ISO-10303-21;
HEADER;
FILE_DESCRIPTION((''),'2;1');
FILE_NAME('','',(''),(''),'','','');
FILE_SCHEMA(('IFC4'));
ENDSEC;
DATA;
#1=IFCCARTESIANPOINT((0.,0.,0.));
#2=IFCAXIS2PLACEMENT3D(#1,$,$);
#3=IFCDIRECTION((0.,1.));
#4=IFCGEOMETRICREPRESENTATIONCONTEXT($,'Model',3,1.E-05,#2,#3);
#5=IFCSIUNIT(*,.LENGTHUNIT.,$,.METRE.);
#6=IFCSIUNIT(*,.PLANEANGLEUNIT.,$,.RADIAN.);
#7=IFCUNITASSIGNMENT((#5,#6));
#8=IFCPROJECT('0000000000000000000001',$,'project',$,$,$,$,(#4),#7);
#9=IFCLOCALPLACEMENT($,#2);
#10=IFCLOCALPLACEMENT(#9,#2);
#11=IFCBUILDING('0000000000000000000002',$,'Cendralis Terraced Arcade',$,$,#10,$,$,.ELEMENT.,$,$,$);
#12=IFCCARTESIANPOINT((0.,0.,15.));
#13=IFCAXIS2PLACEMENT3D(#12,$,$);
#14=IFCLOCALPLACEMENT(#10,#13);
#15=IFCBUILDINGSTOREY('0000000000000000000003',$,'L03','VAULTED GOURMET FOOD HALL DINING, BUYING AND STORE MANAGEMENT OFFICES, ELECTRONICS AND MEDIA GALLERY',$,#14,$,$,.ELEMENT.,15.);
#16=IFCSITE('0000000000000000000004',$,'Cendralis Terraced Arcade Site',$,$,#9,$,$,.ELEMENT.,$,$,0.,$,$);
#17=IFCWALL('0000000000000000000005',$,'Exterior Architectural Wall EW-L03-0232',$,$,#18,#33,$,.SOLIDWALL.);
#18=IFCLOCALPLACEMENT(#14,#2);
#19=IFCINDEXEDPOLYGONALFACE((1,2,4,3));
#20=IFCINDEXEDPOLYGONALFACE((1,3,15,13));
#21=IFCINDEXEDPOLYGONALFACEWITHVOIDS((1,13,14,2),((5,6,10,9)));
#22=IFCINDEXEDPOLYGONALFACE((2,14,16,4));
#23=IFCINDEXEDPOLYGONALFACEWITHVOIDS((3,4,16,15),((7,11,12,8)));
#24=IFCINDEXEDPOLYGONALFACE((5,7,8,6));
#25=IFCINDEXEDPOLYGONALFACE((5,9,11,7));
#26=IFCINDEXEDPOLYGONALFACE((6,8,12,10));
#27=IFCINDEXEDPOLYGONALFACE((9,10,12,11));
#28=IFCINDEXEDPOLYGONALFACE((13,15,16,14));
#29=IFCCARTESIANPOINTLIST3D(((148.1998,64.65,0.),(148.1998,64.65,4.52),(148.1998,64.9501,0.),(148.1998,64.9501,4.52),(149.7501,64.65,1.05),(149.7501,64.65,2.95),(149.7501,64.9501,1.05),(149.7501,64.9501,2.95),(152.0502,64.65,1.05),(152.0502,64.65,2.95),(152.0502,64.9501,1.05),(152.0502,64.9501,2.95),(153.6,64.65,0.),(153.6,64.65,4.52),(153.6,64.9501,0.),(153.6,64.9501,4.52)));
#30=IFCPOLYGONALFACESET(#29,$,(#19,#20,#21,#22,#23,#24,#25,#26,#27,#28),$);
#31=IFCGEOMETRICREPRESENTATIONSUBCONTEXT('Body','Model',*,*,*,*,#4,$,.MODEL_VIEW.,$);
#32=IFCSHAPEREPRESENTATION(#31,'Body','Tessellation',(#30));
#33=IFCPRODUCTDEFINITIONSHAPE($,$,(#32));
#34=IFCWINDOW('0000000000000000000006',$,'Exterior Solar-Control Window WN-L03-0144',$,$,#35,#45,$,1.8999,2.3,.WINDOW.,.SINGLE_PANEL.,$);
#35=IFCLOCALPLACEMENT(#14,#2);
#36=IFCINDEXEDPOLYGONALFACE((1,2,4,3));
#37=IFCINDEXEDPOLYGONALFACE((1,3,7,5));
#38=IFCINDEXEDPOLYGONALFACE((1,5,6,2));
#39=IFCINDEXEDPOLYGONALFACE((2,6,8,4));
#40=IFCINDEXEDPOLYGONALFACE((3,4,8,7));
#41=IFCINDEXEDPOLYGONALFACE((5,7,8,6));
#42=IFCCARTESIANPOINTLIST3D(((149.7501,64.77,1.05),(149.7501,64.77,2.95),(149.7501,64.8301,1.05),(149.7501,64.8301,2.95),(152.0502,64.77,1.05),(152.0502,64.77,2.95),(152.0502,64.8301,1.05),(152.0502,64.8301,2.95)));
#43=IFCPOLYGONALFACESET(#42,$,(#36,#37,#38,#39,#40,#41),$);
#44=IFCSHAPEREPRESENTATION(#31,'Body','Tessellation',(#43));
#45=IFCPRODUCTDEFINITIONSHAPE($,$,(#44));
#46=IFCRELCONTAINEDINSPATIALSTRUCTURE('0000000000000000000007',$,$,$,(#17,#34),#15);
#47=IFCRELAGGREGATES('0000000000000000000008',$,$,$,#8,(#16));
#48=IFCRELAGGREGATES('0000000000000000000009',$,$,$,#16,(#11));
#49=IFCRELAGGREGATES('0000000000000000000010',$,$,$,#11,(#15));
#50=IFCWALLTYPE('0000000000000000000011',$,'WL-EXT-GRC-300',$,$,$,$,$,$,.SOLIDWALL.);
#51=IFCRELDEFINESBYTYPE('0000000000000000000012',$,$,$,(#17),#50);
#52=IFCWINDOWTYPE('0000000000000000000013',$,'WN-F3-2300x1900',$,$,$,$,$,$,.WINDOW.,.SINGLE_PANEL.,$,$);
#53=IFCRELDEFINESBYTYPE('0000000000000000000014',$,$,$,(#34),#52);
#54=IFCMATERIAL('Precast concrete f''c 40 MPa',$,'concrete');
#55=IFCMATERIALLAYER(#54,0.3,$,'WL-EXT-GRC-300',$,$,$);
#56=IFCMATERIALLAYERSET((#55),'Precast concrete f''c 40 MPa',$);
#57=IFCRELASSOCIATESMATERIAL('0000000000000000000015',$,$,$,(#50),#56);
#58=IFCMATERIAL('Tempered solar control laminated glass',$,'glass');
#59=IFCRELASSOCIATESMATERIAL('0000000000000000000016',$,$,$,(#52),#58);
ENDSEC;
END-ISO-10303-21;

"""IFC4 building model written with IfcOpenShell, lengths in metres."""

from ifc_helpers import new_model, si_unit, direction, frame, frame_2d, origin, place, context, subcontext, project, spatial, rectangle, extrude, material, layer, layer_set, type_object, element, fill, save


model = new_model("IFC4")

# Units and contexts
model_context = context("Model", 3, precision=1e-05, world=origin(), true_north=direction((0.0, 1.0)))
body_context = subcontext(model_context, "Body", "Model", "MODEL_VIEW")
ifc_project = project(units=[si_unit("LENGTHUNIT", "METRE"), si_unit("PLANEANGLEUNIT", "RADIAN")], contexts=[model_context])

# Site, building, storey
site_placement = place(None, origin())
site = spatial("IfcSite", under=ifc_project, at=site_placement, Name="Cendralis Terraced Arcade Site", CompositionType="ELEMENT", RefElevation=0.0)
building_placement = place(site_placement, origin())
building = spatial("IfcBuilding", under=site, at=building_placement, Name="Cendralis Terraced Arcade", CompositionType="ELEMENT")
storey_placement = place(building_placement, frame((0.0, 0.0, 15.0)))
storey = spatial("IfcBuildingStorey", under=building, at=storey_placement, Name="L03", Description="VAULTED GOURMET FOOD HALL DINING, BUYING AND STORE MANAGEMENT OFFICES, ELECTRONICS AND MEDIA GALLERY", CompositionType="ELEMENT", Elevation=15.0)

# Shared definitions
ifc_material_1 = material(Name="Tempered solar control laminated glass", Category="glass")

# Wall, opening, window
ifc_material_2 = material(Name="Precast concrete f'c 40 MPa", Category="concrete")
ifc_layer_1 = layer(ifc_material_2, 0.3, Name="WL-EXT-GRC-300")
ifc_layer_set_1 = layer_set([ifc_layer_1], Name="Precast concrete f'c 40 MPa")
wall_type = type_object("IfcWallType", Name="WL-EXT-GRC-300", PredefinedType="SOLIDWALL", material=ifc_layer_set_1)
wall_placement = place(storey_placement, frame((153.6001, 64.8, 0.0), z_axis=(0.0, 0.0, 1.0), x_axis=(-1.0, 0.0, 0.0)))
wall = element("IfcWall", 1, at=wall_placement, inside=storey, type_object=wall_type, Name="Exterior Architectural Wall EW-L03-0232", PredefinedType="SOLIDWALL", context=body_context, shape_type="SweptSolid", body=[
    extrude(rectangle(XDim=5.4001, YDim=0.3, at=frame_2d((2.7002, 0.0))), origin(), (0.0, 0.0, 1.0), 4.52),
])
opening_placement = place(wall_placement, frame((1.55, 0.0, 1.05)))
opening = element("IfcOpeningElement", 2, at=opening_placement, cuts=wall, PredefinedType="OPENING", context=body_context, shape_type="SweptSolid", body=[
    extrude(rectangle(XDim=2.3, YDim=1.8999, at=frame_2d((1.1499, 0.95))), frame((0.0, 0.1621, 0.0), z_axis=(0.0, -1.0, 0.0), x_axis=(1.0, 0.0, 0.0)), (0.0, 0.0, 1.0), 0.324),
])
window_type = type_object("IfcWindowType", Name="WN-F3-2300x1900", PartitioningType="SINGLE_PANEL", PredefinedType="WINDOW", material=ifc_material_1)
window_placement = place(opening_placement, origin())
window = element("IfcWindow", 3, at=window_placement, inside=storey, type_object=window_type, Name="Exterior Solar-Control Window WN-L03-0144", OverallHeight=1.8999, OverallWidth=2.3, PartitioningType="SINGLE_PANEL", PredefinedType="WINDOW", context=body_context, shape_type="SweptSolid", body=[
    extrude(rectangle(XDim=2.3, YDim=1.8999, at=frame_2d((1.1499, 0.95))), frame((0.0, 0.03, 0.0), z_axis=(0.0, -1.0, 0.0), x_axis=(1.0, 0.0, 0.0)), (0.0, 0.0, 1.0), 0.0601),
])
fill(opening, window)

save(model, "model.ifc")
